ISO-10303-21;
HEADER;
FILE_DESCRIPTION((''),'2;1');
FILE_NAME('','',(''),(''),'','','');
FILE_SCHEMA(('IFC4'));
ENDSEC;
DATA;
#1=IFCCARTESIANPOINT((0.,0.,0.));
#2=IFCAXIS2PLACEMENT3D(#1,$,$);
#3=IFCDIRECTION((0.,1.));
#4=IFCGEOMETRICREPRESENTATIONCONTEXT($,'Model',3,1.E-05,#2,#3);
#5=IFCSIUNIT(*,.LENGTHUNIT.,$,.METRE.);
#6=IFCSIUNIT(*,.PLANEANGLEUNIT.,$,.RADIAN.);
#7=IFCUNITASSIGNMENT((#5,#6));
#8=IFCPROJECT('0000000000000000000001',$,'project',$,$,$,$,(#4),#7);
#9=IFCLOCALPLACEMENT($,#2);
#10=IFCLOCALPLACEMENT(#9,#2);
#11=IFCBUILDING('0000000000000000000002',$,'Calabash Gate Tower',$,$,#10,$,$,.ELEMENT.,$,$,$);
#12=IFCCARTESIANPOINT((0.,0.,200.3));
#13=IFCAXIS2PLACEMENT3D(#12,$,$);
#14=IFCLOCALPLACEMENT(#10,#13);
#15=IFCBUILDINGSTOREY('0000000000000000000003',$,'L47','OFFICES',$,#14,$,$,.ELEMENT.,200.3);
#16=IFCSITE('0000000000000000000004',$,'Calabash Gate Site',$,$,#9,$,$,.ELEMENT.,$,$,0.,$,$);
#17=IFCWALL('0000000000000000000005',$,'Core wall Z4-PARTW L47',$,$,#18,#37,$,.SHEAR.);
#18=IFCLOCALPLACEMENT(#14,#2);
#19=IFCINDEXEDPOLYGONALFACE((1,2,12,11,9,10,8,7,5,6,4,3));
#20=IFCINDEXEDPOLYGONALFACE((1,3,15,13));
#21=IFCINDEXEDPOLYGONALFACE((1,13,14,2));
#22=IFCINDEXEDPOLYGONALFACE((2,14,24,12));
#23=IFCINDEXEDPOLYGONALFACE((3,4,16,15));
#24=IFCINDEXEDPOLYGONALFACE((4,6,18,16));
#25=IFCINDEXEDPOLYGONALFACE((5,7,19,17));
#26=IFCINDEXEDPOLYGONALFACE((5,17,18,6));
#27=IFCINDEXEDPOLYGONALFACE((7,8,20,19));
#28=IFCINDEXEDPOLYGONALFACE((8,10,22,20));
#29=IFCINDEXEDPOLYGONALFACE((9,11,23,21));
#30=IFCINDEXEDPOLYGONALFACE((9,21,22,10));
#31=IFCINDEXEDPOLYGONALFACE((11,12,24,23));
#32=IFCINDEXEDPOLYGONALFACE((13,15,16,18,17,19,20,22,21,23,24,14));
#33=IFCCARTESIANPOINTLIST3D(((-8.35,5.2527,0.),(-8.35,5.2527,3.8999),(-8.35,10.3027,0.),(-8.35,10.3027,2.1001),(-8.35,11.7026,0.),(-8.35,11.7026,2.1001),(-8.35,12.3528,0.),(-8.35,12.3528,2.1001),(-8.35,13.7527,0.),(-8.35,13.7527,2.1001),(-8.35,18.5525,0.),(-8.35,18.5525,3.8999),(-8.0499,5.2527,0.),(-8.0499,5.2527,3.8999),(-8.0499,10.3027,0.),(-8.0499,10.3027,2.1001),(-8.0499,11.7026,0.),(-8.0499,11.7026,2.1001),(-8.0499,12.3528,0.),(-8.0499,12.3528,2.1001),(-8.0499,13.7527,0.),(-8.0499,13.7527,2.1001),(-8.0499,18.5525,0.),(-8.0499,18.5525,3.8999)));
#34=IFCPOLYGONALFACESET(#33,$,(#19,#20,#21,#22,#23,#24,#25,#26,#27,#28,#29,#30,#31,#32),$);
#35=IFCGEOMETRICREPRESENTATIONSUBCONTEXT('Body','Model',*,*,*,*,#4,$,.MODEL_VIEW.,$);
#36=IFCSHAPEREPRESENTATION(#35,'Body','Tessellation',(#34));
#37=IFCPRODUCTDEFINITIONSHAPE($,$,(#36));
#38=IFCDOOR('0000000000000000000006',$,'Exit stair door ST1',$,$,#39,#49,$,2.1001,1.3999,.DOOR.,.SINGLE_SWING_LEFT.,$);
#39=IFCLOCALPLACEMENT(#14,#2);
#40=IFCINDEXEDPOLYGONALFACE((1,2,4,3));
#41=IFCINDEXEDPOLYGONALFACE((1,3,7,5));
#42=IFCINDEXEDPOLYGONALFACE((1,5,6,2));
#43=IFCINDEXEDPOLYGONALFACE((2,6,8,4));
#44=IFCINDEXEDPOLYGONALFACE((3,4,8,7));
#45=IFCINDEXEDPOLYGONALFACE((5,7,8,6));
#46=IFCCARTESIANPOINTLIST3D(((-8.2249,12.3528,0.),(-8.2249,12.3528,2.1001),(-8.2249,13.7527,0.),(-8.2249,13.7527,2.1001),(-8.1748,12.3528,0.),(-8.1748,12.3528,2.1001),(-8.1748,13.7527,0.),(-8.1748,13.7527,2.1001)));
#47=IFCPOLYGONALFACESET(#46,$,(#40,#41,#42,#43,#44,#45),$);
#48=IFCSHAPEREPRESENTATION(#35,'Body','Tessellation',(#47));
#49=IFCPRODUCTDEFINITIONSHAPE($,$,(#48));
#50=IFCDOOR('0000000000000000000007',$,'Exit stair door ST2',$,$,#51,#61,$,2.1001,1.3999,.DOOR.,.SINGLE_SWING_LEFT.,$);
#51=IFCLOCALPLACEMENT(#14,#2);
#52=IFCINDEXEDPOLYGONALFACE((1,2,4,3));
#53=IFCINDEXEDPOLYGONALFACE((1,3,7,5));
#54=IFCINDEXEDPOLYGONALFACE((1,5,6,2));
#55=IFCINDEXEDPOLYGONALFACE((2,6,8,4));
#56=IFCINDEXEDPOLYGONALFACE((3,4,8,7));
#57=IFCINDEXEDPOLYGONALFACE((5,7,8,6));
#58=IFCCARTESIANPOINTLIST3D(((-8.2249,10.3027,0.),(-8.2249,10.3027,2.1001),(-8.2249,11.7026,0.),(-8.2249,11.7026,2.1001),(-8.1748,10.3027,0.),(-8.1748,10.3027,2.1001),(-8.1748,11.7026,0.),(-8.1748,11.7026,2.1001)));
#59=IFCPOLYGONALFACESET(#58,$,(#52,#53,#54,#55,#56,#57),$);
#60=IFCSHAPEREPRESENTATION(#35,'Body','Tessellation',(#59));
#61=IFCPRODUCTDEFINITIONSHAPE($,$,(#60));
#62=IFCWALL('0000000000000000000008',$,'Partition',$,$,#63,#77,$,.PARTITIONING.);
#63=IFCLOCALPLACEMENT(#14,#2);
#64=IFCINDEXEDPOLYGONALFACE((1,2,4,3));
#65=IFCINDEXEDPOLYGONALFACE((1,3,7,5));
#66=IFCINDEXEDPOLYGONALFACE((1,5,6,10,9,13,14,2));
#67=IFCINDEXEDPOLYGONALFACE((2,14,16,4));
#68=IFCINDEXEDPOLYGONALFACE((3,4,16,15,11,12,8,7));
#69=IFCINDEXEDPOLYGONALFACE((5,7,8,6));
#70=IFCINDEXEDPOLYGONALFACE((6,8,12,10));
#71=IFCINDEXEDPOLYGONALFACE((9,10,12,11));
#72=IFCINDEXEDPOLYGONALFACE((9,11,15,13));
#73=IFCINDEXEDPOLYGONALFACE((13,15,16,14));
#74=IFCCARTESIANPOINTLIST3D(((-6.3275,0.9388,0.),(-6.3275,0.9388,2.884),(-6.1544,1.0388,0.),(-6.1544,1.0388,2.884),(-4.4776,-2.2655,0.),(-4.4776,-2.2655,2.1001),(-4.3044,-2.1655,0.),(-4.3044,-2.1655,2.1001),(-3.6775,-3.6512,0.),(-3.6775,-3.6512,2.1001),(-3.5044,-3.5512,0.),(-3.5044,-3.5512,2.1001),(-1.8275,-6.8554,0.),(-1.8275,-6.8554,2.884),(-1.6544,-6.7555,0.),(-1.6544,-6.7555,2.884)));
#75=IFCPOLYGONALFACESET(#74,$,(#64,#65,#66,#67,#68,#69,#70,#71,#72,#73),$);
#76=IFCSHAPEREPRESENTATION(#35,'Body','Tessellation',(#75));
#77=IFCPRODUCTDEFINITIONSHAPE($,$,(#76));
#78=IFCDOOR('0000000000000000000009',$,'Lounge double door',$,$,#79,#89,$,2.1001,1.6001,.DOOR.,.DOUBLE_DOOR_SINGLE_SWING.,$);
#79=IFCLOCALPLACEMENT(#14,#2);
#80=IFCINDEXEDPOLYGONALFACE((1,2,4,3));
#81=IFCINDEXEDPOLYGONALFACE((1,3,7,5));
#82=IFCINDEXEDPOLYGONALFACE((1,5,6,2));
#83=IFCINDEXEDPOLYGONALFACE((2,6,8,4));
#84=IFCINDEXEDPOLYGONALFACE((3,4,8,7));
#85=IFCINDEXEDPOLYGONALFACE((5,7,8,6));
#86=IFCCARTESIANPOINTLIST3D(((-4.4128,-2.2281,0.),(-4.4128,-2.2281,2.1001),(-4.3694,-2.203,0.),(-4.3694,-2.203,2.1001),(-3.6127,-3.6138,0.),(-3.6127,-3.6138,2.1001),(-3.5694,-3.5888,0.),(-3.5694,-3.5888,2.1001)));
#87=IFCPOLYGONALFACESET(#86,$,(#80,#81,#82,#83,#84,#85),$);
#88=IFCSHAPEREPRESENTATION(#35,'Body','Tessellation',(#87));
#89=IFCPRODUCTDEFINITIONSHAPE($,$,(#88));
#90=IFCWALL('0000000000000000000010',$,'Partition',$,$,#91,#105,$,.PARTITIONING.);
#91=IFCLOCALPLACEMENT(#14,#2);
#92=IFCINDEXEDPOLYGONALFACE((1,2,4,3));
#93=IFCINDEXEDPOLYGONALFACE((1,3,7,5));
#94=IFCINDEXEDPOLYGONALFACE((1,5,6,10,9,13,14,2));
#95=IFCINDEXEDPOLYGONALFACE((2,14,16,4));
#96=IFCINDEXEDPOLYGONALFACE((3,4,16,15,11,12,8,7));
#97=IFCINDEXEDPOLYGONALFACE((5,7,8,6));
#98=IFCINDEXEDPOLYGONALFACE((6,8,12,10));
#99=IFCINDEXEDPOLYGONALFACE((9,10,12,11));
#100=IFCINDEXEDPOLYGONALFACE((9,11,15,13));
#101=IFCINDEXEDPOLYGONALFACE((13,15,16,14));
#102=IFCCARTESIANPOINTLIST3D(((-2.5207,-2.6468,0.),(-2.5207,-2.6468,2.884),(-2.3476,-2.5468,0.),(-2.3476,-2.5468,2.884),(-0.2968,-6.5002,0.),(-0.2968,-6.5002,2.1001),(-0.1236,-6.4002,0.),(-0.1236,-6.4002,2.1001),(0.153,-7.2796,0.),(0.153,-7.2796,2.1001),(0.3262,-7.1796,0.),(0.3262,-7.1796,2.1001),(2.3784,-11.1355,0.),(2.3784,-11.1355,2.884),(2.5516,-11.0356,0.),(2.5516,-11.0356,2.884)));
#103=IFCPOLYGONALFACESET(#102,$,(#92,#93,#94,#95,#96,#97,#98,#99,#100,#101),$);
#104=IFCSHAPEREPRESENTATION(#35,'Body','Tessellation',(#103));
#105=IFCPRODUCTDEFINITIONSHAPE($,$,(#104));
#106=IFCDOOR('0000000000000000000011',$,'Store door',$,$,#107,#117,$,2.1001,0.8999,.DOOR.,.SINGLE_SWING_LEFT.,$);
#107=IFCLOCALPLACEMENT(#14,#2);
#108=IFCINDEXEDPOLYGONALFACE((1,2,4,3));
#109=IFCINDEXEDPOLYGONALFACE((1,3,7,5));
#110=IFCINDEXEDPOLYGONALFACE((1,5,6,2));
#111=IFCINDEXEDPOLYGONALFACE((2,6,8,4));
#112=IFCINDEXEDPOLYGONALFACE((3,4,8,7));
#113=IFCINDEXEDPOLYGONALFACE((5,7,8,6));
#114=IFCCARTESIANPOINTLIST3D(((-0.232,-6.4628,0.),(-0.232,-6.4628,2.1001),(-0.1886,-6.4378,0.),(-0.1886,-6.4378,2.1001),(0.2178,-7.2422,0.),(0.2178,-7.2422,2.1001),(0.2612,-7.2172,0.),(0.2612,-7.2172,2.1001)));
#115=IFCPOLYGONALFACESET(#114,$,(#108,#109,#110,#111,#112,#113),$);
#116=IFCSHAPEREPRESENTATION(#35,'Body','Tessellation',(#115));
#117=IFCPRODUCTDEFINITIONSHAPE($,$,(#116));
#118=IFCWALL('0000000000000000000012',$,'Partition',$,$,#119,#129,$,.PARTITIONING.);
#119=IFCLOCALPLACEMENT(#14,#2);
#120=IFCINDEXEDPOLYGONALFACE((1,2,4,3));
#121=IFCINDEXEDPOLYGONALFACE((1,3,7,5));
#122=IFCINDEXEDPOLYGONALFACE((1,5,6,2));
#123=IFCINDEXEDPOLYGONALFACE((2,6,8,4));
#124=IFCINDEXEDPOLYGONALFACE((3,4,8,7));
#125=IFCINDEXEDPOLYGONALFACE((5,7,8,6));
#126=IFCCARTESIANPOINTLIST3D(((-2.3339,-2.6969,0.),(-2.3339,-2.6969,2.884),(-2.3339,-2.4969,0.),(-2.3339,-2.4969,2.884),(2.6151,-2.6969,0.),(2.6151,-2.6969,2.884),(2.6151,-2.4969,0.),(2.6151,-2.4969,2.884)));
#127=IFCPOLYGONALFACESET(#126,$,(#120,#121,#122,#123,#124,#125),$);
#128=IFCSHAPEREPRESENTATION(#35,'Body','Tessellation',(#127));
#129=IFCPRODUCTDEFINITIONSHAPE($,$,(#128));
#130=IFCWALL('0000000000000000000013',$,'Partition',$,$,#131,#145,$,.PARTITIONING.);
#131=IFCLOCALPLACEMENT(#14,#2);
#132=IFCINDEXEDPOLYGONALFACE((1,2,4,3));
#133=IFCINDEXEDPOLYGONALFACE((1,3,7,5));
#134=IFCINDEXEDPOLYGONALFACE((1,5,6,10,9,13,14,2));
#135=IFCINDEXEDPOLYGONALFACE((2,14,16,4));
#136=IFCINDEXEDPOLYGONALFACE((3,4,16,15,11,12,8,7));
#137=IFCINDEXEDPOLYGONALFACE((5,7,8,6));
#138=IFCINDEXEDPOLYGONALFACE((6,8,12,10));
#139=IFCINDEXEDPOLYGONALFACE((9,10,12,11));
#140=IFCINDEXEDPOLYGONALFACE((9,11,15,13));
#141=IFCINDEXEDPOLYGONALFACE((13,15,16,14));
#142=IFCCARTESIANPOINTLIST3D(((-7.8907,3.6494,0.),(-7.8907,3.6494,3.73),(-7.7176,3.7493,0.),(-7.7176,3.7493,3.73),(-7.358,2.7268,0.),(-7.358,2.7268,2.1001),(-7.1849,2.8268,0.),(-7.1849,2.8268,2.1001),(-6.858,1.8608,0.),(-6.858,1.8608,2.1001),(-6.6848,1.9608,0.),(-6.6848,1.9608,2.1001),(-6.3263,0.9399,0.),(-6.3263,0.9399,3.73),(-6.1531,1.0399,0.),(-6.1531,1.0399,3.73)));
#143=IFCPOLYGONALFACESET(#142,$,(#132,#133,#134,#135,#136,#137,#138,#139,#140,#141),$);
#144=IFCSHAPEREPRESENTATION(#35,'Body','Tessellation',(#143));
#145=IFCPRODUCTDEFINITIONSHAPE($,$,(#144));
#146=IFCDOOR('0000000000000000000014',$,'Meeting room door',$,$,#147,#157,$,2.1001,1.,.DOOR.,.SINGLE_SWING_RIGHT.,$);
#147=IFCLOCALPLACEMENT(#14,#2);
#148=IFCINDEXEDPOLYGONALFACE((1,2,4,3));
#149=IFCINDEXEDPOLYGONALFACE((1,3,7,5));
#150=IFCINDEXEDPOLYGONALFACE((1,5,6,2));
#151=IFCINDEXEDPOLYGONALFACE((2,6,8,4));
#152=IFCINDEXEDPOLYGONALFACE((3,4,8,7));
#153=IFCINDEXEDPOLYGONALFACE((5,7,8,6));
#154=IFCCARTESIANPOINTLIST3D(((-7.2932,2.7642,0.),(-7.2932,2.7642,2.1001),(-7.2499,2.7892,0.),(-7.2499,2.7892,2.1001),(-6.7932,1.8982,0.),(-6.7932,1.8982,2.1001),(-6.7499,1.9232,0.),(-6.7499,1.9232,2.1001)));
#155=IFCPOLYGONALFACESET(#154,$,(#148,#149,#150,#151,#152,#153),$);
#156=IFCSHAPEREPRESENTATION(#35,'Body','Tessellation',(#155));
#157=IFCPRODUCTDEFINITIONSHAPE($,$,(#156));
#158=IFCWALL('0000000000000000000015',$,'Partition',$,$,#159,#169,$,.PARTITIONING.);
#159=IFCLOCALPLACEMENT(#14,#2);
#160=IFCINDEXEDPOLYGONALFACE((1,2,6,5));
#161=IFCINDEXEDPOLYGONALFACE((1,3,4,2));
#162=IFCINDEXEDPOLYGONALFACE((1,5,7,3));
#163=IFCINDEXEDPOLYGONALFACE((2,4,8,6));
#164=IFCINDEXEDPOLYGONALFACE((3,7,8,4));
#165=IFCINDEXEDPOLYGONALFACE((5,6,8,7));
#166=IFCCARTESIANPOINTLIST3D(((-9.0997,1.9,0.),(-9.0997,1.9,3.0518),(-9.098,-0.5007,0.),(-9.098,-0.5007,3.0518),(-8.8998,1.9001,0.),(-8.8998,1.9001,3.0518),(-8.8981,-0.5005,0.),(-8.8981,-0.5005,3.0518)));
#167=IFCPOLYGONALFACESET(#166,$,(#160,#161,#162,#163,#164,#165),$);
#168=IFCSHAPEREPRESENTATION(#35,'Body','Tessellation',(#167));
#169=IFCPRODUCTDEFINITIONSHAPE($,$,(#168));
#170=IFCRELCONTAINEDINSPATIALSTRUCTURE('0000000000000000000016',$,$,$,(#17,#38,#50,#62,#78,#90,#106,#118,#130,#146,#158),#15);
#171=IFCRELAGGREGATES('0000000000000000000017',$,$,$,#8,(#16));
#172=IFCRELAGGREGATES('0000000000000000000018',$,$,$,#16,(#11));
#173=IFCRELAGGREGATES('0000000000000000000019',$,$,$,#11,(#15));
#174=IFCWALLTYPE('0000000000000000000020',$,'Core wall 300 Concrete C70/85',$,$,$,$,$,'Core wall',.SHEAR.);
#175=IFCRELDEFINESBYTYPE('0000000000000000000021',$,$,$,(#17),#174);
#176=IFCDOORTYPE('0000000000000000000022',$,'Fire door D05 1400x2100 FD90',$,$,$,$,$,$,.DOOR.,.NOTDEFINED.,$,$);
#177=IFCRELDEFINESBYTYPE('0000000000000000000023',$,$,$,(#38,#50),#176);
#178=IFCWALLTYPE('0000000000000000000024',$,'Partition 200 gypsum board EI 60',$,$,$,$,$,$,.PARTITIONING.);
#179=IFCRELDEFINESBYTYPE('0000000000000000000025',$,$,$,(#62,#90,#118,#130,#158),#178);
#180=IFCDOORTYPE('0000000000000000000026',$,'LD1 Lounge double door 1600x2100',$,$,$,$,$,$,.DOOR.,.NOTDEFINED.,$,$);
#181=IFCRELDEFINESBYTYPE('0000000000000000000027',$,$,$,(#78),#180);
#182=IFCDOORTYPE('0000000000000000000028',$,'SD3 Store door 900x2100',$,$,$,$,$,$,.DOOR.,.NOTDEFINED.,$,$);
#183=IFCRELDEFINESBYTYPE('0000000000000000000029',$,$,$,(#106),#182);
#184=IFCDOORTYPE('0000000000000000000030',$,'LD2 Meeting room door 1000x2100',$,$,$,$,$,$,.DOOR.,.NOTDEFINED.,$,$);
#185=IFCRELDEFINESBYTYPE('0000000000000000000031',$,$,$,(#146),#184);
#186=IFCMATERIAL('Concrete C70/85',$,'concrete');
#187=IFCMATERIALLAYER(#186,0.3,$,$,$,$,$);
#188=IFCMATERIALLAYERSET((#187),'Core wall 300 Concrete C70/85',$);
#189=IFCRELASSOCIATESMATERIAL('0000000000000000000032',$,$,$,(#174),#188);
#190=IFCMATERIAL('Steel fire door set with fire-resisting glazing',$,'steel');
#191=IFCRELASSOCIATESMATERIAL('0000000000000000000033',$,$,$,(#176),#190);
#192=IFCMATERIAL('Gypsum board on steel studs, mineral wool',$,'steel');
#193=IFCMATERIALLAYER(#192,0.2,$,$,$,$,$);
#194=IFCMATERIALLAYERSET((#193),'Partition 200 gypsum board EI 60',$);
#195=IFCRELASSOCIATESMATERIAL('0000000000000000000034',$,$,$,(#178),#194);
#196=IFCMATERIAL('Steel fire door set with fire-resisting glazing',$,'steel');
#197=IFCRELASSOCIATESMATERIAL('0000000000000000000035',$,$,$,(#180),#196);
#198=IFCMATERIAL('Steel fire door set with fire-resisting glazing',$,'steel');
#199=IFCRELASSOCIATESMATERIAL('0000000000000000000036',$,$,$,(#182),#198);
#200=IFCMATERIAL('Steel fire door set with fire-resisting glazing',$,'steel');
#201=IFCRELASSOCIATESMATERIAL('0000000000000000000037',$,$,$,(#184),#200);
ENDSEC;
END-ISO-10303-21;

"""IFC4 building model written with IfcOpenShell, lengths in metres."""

from ifc_helpers import new_model, si_unit, direction, frame, frame_2d, origin, place, context, subcontext, project, spatial, rectangle, extrude, material, layer, layer_set, type_object, element, fill, save


model = new_model("IFC4")

# Units and contexts
model_context = context("Model", 3, precision=1e-05, world=origin(), true_north=direction((0.0, 1.0)))
body_context = subcontext(model_context, "Body", "Model", "MODEL_VIEW")
ifc_project = project(units=[si_unit("LENGTHUNIT", "METRE"), si_unit("PLANEANGLEUNIT", "RADIAN")], contexts=[model_context])

# Site, building, storey
site_placement = place(None, origin())
site = spatial("IfcSite", under=ifc_project, at=site_placement, Name="Calabash Gate Site", CompositionType="ELEMENT", RefElevation=0.0)
building_placement = place(site_placement, origin())
building = spatial("IfcBuilding", under=site, at=building_placement, Name="Calabash Gate Tower", CompositionType="ELEMENT")
storey_placement = place(building_placement, frame((0.0, 0.0, 200.3)))
storey = spatial("IfcBuildingStorey", under=building, at=storey_placement, Name="L47", Description="OFFICES", CompositionType="ELEMENT", Elevation=200.3)

# Wall, openings, doors
ifc_material_1 = material(Name="Concrete C70/85", Category="concrete")
ifc_layer_1 = layer(ifc_material_1, 0.3)
ifc_layer_set_1 = layer_set([ifc_layer_1], Name="Core wall 300 Concrete C70/85")
wall_type_1 = type_object("IfcWallType", Name="Core wall 300 Concrete C70/85", ElementType="Core wall", PredefinedType="SHEAR", material=ifc_layer_set_1)
wall_1_placement = place(storey_placement, frame((-8.2, 5.2527, 0.0), z_axis=(0.0, 0.0, 1.0), x_axis=(0.0, 1.0, 0.0)))
wall_1 = element("IfcWall", 1, at=wall_1_placement, inside=storey, type_object=wall_type_1, Name="Core wall Z4-PARTW L47", PredefinedType="SHEAR", context=body_context, shape_type="SweptSolid", body=[
    extrude(rectangle(XDim=13.2998, YDim=0.3, at=frame_2d((6.6499, 0.0))), origin(), (0.0, 0.0, 1.0), 3.8999),
])
opening_1_placement = place(wall_1_placement, frame((7.1001, 0.0, 0.0)))
opening_1 = element("IfcOpeningElement", 2, at=opening_1_placement, cuts=wall_1, PredefinedType="OPENING", context=body_context, shape_type="SweptSolid", body=[
    extrude(rectangle(XDim=1.3999, YDim=2.1001, at=frame_2d((0.7, 1.05))), frame((0.0, 0.1599, 0.0), z_axis=(0.0, -1.0, 0.0), x_axis=(1.0, 0.0, 0.0)), (0.0, 0.0, 1.0), 0.3201),
])
opening_2_placement = place(wall_1_placement, frame((5.05, 0.0, 0.0)))
opening_2 = element("IfcOpeningElement", 3, at=opening_2_placement, cuts=wall_1, PredefinedType="OPENING", context=body_context, shape_type="SweptSolid", body=[
    extrude(rectangle(XDim=1.3999, YDim=2.1001, at=frame_2d((0.7, 1.05))), frame((0.0, 0.1599, 0.0), z_axis=(0.0, -1.0, 0.0), x_axis=(1.0, 0.0, 0.0)), (0.0, 0.0, 1.0), 0.3201),
])
ifc_material_2 = material(Name="Steel fire door set with fire-resisting glazing", Category="steel")
door_type_1 = type_object("IfcDoorType", Name="Fire door D05 1400x2100 FD90", OperationType="NOTDEFINED", PredefinedType="DOOR", material=ifc_material_2)
door_1_placement = place(opening_1_placement, origin())
door_1 = element("IfcDoor", 4, at=door_1_placement, inside=storey, type_object=door_type_1, Name="Exit stair door ST1", OperationType="SINGLE_SWING_LEFT", OverallHeight=2.1001, OverallWidth=1.3999, PredefinedType="DOOR", context=body_context, shape_type="SweptSolid", body=[
    extrude(rectangle(XDim=1.3999, YDim=2.1001, at=frame_2d((0.7, 1.05))), frame((0.0, 0.0249, 0.0), z_axis=(0.0, -1.0, 0.0), x_axis=(1.0, 0.0, 0.0)), (0.0, 0.0, 1.0), 0.05),
])
fill(opening_1, door_1)
door_2_placement = place(opening_2_placement, origin())
door_2 = element("IfcDoor", 5, at=door_2_placement, inside=storey, type_object=door_type_1, Name="Exit stair door ST2", OperationType="SINGLE_SWING_LEFT", OverallHeight=2.1001, OverallWidth=1.3999, PredefinedType="DOOR", context=body_context, shape_type="SweptSolid", body=[
    extrude(rectangle(XDim=1.3999, YDim=2.1001, at=frame_2d((0.7, 1.05))), frame((0.0, 0.0249, 0.0), z_axis=(0.0, -1.0, 0.0), x_axis=(1.0, 0.0, 0.0)), (0.0, 0.0, 1.0), 0.05),
])
fill(opening_2, door_2)

# Walls, openings, doors
ifc_material_3 = material(Name="Gypsum board on steel studs, mineral wool", Category="steel")
ifc_layer_2 = layer(ifc_material_3, 0.2)
ifc_layer_set_2 = layer_set([ifc_layer_2], Name="Partition 200 gypsum board EI 60")
wall_type_2 = type_object("IfcWallType", Name="Partition 200 gypsum board EI 60", PredefinedType="PARTITIONING", material=ifc_layer_set_2)
wall_2_placement = place(storey_placement, frame((-6.241, 0.9888, 0.0), z_axis=(0.0, 0.0, 1.0), x_axis=(0.500002, -0.866024, 0.0)))
wall_2 = element("IfcWall", 6, at=wall_2_placement, inside=storey, type_object=wall_type_2, Name="Partition", PredefinedType="PARTITIONING", context=body_context, shape_type="SweptSolid", body=[
    extrude(rectangle(XDim=9.0, YDim=0.2, at=frame_2d((4.5, 0.0))), origin(), (0.0, 0.0, 1.0), 2.884),
])
opening_3_placement = place(wall_2_placement, frame((3.7, 0.0, 0.0)))
opening_3 = element("IfcOpeningElement", 7, at=opening_3_placement, cuts=wall_2, PredefinedType="OPENING", context=body_context, shape_type="SweptSolid", body=[
    extrude(rectangle(XDim=1.6001, YDim=2.1001, at=frame_2d((0.8, 1.05))), frame((0.0, 0.1099, 0.0), z_axis=(0.0, -1.0, 0.0), x_axis=(1.0, 0.0, 0.0)), (0.0, 0.0, 1.0), 0.22),
])
ifc_material_4 = material(Name="Steel fire door set with fire-resisting glazing", Category="steel")
door_type_2 = type_object("IfcDoorType", Name="LD1 Lounge double door 1600x2100", OperationType="NOTDEFINED", PredefinedType="DOOR", material=ifc_material_4)
door_3_placement = place(opening_3_placement, origin())
door_3 = element("IfcDoor", 8, at=door_3_placement, inside=storey, type_object=door_type_2, Name="Lounge double door", OperationType="DOUBLE_DOOR_SINGLE_SWING", OverallHeight=2.1001, OverallWidth=1.6001, PredefinedType="DOOR", context=body_context, shape_type="SweptSolid", body=[
    extrude(rectangle(XDim=1.6001, YDim=2.1001, at=frame_2d((0.8, 1.05))), frame((0.0, 0.0249, 0.0), z_axis=(0.0, -1.0, 0.0), x_axis=(1.0, 0.0, 0.0)), (0.0, 0.0, 1.0), 0.05),
])
fill(opening_3, door_3)
wall_3_placement = place(storey_placement, frame((-2.4341, -2.5969, 0.0), z_axis=(0.0, 0.0, 1.0), x_axis=(0.49986, -0.866106, 0.0)))
wall_3 = element("IfcWall", 9, at=wall_3_placement, inside=storey, type_object=wall_type_2, Name="Partition", PredefinedType="PARTITIONING", context=body_context, shape_type="SweptSolid", body=[
    extrude(rectangle(XDim=9.801, YDim=0.2, at=frame_2d((4.9004, 0.0))), origin(), (0.0, 0.0, 1.0), 2.884),
])
opening_4_placement = place(wall_3_placement, frame((4.449, 0.0, 0.0)))
opening_4 = element("IfcOpeningElement", 10, at=opening_4_placement, cuts=wall_3, PredefinedType="OPENING", context=body_context, shape_type="SweptSolid", body=[
    extrude(rectangle(XDim=0.8999, YDim=2.1001, at=frame_2d((0.45, 1.05))), frame((0.0, 0.1099, 0.0), z_axis=(0.0, -1.0, 0.0), x_axis=(1.0, 0.0, 0.0)), (0.0, 0.0, 1.0), 0.22),
])
ifc_material_5 = material(Name="Steel fire door set with fire-resisting glazing", Category="steel")
door_type_3 = type_object("IfcDoorType", Name="SD3 Store door 900x2100", OperationType="NOTDEFINED", PredefinedType="DOOR", material=ifc_material_5)
door_4_placement = place(opening_4_placement, origin())
door_4 = element("IfcDoor", 11, at=door_4_placement, inside=storey, type_object=door_type_3, Name="Store door", OperationType="SINGLE_SWING_LEFT", OverallHeight=2.1001, OverallWidth=0.8999, PredefinedType="DOOR", context=body_context, shape_type="SweptSolid", body=[
    extrude(rectangle(XDim=0.8999, YDim=2.1001, at=frame_2d((0.45, 1.05))), frame((0.0, 0.0249, 0.0), z_axis=(0.0, -1.0, 0.0), x_axis=(1.0, 0.0, 0.0)), (0.0, 0.0, 1.0), 0.05),
])
fill(opening_4, door_4)

# Wall
wall_4_placement = place(storey_placement, frame((-2.334, -2.5969, 0.0), z_axis=(0.0, 0.0, 1.0), x_axis=(1.0, 0.0, 0.0)))
element("IfcWall", 12, at=wall_4_placement, inside=storey, type_object=wall_type_2, Name="Partition", PredefinedType="PARTITIONING", context=body_context, shape_type="SweptSolid", body=[
    extrude(rectangle(XDim=4.949, YDim=0.2, at=frame_2d((2.4746, 0.0))), origin(), (0.0, 0.0, 1.0), 2.884),
])

# Wall, opening, door
wall_5_placement = place(storey_placement, frame((-7.8042, 3.6995, 0.0), z_axis=(0.0, 0.0, 1.0), x_axis=(0.500033, -0.866006, 0.0)))
wall_5 = element("IfcWall", 13, at=wall_5_placement, inside=storey, type_object=wall_type_2, Name="Partition", PredefinedType="PARTITIONING", context=body_context, shape_type="SweptSolid", body=[
    extrude(rectangle(XDim=3.1287, YDim=0.2, at=frame_2d((1.5645, 0.0))), origin(), (0.0, 0.0, 1.0), 3.73),
])
opening_5_placement = place(wall_5_placement, frame((1.0654, 0.0, 0.0)))
opening_5 = element("IfcOpeningElement", 14, at=opening_5_placement, cuts=wall_5, PredefinedType="OPENING", context=body_context, shape_type="SweptSolid", body=[
    extrude(rectangle(XDim=1.0, YDim=2.1001, at=frame_2d((0.5, 1.05))), frame((0.0, 0.1099, 0.0), z_axis=(0.0, -1.0, 0.0), x_axis=(1.0, 0.0, 0.0)), (0.0, 0.0, 1.0), 0.22),
])
ifc_material_6 = material(Name="Steel fire door set with fire-resisting glazing", Category="steel")
door_type_4 = type_object("IfcDoorType", Name="LD2 Meeting room door 1000x2100", OperationType="NOTDEFINED", PredefinedType="DOOR", material=ifc_material_6)
door_5_placement = place(opening_5_placement, origin())
door_5 = element("IfcDoor", 15, at=door_5_placement, inside=storey, type_object=door_type_4, Name="Meeting room door", OperationType="SINGLE_SWING_RIGHT", OverallHeight=2.1001, OverallWidth=1.0, PredefinedType="DOOR", context=body_context, shape_type="SweptSolid", body=[
    extrude(rectangle(XDim=1.0, YDim=2.1001, at=frame_2d((0.5, 1.05))), frame((0.0, 0.0249, 0.0), z_axis=(0.0, -1.0, 0.0), x_axis=(1.0, 0.0, 0.0)), (0.0, 0.0, 1.0), 0.05),
])
fill(opening_5, door_5)

# Wall
wall_6_placement = place(storey_placement, frame((-8.9998, 1.8999, 0.0), z_axis=(0.0, 0.0, 1.0), x_axis=(0.000712, -1.0, 0.0)))
element("IfcWall", 16, at=wall_6_placement, inside=storey, type_object=wall_type_2, Name="Partition", PredefinedType="PARTITIONING", context=body_context, shape_type="SweptSolid", body=[
    extrude(rectangle(XDim=2.4006, YDim=0.2, at=frame_2d((1.2002, 0.0))), origin(), (0.0, 0.0, 1.0), 3.0518),
])

save(model, "model.ifc")
